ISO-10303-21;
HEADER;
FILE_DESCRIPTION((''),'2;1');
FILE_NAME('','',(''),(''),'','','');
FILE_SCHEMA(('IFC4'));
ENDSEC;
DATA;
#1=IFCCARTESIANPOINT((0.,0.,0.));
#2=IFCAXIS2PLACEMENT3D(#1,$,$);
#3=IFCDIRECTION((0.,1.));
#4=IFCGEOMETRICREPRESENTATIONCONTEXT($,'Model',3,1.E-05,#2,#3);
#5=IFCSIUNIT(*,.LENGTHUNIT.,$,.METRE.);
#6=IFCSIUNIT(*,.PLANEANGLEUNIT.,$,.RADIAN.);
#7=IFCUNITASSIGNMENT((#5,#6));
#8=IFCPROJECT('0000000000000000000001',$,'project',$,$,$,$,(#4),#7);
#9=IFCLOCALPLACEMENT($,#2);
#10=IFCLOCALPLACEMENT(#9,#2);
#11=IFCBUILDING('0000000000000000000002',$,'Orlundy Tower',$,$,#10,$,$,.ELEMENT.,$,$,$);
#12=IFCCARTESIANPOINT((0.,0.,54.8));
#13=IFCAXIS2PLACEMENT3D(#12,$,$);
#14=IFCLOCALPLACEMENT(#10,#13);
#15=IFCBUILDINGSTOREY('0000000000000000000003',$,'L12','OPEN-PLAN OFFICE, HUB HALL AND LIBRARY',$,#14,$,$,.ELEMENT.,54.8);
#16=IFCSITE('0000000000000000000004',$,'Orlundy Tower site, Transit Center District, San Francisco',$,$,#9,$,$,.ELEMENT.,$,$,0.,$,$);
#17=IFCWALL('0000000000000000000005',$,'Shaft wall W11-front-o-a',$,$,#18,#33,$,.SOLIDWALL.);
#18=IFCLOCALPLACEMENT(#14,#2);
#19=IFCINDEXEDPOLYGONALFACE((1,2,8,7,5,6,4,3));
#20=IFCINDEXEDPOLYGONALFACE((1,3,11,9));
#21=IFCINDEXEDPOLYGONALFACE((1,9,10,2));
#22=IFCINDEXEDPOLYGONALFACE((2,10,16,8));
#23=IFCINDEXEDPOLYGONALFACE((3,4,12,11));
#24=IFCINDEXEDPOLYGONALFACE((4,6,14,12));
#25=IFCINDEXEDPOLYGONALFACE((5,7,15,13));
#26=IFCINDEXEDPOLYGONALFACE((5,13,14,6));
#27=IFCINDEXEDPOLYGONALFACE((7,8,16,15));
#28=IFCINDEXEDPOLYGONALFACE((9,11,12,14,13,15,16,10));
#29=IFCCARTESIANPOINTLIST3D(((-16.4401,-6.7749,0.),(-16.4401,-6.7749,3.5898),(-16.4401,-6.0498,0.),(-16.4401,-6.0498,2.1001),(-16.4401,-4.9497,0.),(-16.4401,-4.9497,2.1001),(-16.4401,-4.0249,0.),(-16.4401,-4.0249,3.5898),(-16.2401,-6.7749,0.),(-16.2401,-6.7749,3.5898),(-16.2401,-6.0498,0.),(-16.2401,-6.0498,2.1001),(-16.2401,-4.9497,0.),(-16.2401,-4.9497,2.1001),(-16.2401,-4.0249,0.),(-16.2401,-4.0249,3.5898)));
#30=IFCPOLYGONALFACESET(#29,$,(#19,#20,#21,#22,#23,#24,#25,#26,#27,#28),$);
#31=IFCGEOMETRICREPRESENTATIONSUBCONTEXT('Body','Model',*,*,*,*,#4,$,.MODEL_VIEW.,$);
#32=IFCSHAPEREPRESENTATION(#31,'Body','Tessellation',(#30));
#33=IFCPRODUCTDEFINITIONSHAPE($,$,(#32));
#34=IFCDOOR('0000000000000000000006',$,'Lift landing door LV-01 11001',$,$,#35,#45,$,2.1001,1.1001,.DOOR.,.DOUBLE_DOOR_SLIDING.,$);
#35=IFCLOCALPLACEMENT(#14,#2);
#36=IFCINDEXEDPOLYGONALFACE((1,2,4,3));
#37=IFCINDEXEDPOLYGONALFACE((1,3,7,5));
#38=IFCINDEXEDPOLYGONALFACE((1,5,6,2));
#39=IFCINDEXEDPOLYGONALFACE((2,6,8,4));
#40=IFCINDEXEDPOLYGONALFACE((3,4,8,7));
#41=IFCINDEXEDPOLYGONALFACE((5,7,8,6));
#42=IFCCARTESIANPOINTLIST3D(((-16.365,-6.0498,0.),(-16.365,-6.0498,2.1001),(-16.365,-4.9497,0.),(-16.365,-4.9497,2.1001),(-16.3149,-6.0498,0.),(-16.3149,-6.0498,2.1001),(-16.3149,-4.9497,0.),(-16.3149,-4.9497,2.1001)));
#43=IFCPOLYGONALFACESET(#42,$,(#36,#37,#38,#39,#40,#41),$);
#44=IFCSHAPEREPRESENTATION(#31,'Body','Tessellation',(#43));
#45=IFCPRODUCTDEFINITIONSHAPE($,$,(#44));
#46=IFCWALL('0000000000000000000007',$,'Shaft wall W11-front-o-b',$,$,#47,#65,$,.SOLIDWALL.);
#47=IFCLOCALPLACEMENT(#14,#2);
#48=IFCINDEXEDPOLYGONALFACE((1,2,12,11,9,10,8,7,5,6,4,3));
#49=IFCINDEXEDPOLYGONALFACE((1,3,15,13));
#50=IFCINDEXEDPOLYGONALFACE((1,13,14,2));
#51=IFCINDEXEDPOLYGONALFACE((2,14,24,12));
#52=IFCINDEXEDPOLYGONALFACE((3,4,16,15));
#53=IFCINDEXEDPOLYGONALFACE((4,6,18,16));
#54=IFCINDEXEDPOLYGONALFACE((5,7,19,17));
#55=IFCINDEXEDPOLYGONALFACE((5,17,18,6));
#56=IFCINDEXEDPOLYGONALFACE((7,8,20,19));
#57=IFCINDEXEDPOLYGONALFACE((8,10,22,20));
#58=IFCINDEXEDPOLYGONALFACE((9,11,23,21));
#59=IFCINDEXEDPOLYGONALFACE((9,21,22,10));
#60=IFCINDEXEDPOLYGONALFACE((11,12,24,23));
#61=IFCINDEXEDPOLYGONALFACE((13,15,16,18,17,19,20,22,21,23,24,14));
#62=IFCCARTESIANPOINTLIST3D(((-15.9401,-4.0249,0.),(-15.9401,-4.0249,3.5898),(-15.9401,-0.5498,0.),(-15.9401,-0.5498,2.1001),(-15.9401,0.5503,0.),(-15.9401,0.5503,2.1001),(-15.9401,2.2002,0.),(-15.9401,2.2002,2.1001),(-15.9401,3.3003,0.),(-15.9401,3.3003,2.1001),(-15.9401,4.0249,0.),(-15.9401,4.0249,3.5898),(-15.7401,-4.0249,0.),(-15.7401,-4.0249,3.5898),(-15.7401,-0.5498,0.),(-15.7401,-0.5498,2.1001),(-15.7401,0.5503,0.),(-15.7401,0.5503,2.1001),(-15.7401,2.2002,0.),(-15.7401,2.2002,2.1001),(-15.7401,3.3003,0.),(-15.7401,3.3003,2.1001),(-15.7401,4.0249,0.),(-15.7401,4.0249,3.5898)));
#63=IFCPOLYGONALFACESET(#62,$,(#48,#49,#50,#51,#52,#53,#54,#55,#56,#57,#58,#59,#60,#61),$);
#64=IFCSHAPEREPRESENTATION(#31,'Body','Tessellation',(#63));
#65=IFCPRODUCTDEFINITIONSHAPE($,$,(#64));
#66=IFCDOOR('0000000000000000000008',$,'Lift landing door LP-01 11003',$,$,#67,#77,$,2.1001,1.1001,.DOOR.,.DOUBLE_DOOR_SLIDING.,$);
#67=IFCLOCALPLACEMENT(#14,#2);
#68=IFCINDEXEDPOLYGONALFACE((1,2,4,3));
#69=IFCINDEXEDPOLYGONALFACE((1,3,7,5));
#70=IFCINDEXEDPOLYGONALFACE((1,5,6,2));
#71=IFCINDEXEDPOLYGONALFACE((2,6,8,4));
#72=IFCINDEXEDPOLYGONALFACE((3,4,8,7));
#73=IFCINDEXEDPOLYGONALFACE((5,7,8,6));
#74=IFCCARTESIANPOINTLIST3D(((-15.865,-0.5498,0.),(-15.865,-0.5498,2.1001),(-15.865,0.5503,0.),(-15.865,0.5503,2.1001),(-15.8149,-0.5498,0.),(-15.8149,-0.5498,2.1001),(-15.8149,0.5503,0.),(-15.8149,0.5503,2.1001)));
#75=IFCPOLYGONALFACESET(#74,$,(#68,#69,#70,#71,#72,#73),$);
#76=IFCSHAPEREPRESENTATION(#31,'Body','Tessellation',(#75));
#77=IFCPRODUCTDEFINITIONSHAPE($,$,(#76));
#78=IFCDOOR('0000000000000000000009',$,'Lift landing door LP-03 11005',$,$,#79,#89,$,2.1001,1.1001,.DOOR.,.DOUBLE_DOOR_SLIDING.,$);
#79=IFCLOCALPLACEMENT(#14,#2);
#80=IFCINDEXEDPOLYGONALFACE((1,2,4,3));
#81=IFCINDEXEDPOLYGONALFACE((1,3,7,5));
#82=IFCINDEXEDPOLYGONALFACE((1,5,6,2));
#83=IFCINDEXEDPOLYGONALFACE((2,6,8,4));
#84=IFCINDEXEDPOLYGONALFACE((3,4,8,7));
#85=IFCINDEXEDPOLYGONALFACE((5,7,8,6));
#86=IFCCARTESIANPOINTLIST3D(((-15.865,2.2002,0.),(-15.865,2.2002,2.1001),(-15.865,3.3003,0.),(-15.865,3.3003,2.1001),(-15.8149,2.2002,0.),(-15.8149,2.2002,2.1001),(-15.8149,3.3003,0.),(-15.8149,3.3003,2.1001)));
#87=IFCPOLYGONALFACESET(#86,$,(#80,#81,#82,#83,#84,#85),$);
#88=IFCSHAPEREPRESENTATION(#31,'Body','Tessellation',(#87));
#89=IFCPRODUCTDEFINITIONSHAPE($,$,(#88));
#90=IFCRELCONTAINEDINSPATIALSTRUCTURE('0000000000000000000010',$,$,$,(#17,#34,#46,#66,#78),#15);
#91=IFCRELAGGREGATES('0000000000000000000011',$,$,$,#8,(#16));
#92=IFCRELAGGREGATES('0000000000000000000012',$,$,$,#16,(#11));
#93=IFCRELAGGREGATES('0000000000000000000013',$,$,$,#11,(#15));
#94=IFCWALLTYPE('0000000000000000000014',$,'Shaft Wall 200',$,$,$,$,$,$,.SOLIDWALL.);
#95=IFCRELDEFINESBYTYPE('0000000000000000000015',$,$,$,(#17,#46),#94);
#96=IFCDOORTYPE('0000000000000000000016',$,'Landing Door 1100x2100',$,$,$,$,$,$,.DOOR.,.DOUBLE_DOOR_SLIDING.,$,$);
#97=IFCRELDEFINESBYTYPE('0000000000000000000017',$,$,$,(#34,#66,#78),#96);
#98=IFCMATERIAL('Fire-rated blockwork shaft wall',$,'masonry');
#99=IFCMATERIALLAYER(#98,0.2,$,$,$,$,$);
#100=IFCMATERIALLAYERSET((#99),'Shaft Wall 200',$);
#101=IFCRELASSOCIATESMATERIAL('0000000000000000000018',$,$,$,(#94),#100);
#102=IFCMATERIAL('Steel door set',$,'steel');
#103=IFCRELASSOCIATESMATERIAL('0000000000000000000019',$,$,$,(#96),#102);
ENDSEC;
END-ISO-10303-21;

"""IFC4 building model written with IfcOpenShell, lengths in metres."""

from ifc_helpers import new_model, si_unit, direction, frame, frame_2d, origin, place, context, subcontext, project, spatial, rectangle, extrude, material, layer, layer_set, type_object, element, fill, save


model = new_model("IFC4")

# Units and contexts
model_context = context("Model", 3, precision=1e-05, world=origin(), true_north=direction((0.0, 1.0)))
body_context = subcontext(model_context, "Body", "Model", "MODEL_VIEW")
ifc_project = project(units=[si_unit("LENGTHUNIT", "METRE"), si_unit("PLANEANGLEUNIT", "RADIAN")], contexts=[model_context])

# Site, building, storey
site_placement = place(None, origin())
site = spatial("IfcSite", under=ifc_project, at=site_placement, Name="Orlundy Tower site, Transit Center District, San Francisco", CompositionType="ELEMENT", RefElevation=0.0)
building_placement = place(site_placement, origin())
building = spatial("IfcBuilding", under=site, at=building_placement, Name="Orlundy Tower", CompositionType="ELEMENT")
storey_placement = place(building_placement, frame((0.0, 0.0, 54.8)))
storey = spatial("IfcBuildingStorey", under=building, at=storey_placement, Name="L12", Description="OPEN-PLAN OFFICE, HUB HALL AND LIBRARY", CompositionType="ELEMENT", Elevation=54.8)

# Shared definitions
ifc_material_1 = material(Name="Fire-rated blockwork shaft wall", Category="masonry")
ifc_layer_1 = layer(ifc_material_1, 0.2)
ifc_layer_set_1 = layer_set([ifc_layer_1], Name="Shaft Wall 200")
wall_type_1 = type_object("IfcWallType", Name="Shaft Wall 200", PredefinedType="SOLIDWALL", material=ifc_layer_set_1)

# Shared definitions
ifc_material_2 = material(Name="Steel door set", Category="steel")
door_type_1 = type_object("IfcDoorType", Name="Landing Door 1100x2100", OperationType="DOUBLE_DOOR_SLIDING", PredefinedType="DOOR", material=ifc_material_2)

# Wall, opening, door
wall_1_placement = place(storey_placement, frame((-16.3401, -6.7749, 0.0), z_axis=(0.0, 0.0, 1.0), x_axis=(0.0, 1.0, 0.0)))
wall_1 = element("IfcWall", 1, at=wall_1_placement, inside=storey, type_object=wall_type_1, Name="Shaft wall W11-front-o-a", PredefinedType="SOLIDWALL", context=body_context, shape_type="SweptSolid", body=[
    extrude(rectangle(XDim=2.75, YDim=0.2, at=frame_2d((1.375, 0.0))), origin(), (0.0, 0.0, 1.0), 3.5898),
])
opening_1_placement = place(wall_1_placement, frame((0.7251, 0.0, 0.0)))
opening_1 = element("IfcOpeningElement", 2, at=opening_1_placement, cuts=wall_1, PredefinedType="OPENING", context=body_context, shape_type="SweptSolid", body=[
    extrude(rectangle(XDim=1.1001, YDim=2.1001, at=frame_2d((0.55, 1.05))), frame((0.0, 0.1101, 0.0), z_axis=(0.0, -1.0, 0.0), x_axis=(1.0, 0.0, 0.0)), (0.0, 0.0, 1.0), 0.2202),
])
door_1_placement = place(opening_1_placement, origin())
door_1 = element("IfcDoor", 3, at=door_1_placement, inside=storey, type_object=door_type_1, Name="Lift landing door LV-01 11001", OperationType="DOUBLE_DOOR_SLIDING", OverallHeight=2.1001, OverallWidth=1.1001, PredefinedType="DOOR", context=body_context, shape_type="SweptSolid", body=[
    extrude(rectangle(XDim=1.1001, YDim=2.1001, at=frame_2d((0.55, 1.05))), frame((0.0, 0.0249, 0.0), z_axis=(0.0, -1.0, 0.0), x_axis=(1.0, 0.0, 0.0)), (0.0, 0.0, 1.0), 0.05),
])
fill(opening_1, door_1)

# Wall, openings, doors
wall_2_placement = place(storey_placement, frame((-15.8401, -4.0249, 0.0), z_axis=(0.0, 0.0, 1.0), x_axis=(0.0, 1.0, 0.0)))
wall_2 = element("IfcWall", 4, at=wall_2_placement, inside=storey, type_object=wall_type_1, Name="Shaft wall W11-front-o-b", PredefinedType="SOLIDWALL", context=body_context, shape_type="SweptSolid", body=[
    extrude(rectangle(XDim=8.0498, YDim=0.2, at=frame_2d((4.0249, 0.0))), origin(), (0.0, 0.0, 1.0), 3.5898),
])
opening_2_placement = place(wall_2_placement, frame((3.4751, 0.0, 0.0)))
opening_2 = element("IfcOpeningElement", 5, at=opening_2_placement, cuts=wall_2, PredefinedType="OPENING", context=body_context, shape_type="SweptSolid", body=[
    extrude(rectangle(XDim=1.1001, YDim=2.1001, at=frame_2d((0.55, 1.05))), frame((0.0, 0.1101, 0.0), z_axis=(0.0, -1.0, 0.0), x_axis=(1.0, 0.0, 0.0)), (0.0, 0.0, 1.0), 0.2202),
])
opening_3_placement = place(wall_2_placement, frame((6.2251, 0.0, 0.0)))
opening_3 = element("IfcOpeningElement", 6, at=opening_3_placement, cuts=wall_2, PredefinedType="OPENING", context=body_context, shape_type="SweptSolid", body=[
    extrude(rectangle(XDim=1.1001, YDim=2.1001, at=frame_2d((0.55, 1.05))), frame((0.0, 0.1101, 0.0), z_axis=(0.0, -1.0, 0.0), x_axis=(1.0, 0.0, 0.0)), (0.0, 0.0, 1.0), 0.2202),
])
door_2_placement = place(opening_2_placement, origin())
door_2 = element("IfcDoor", 7, at=door_2_placement, inside=storey, type_object=door_type_1, Name="Lift landing door LP-01 11003", OperationType="DOUBLE_DOOR_SLIDING", OverallHeight=2.1001, OverallWidth=1.1001, PredefinedType="DOOR", context=body_context, shape_type="SweptSolid", body=[
    extrude(rectangle(XDim=1.1001, YDim=2.1001, at=frame_2d((0.55, 1.05))), frame((0.0, 0.0249, 0.0), z_axis=(0.0, -1.0, 0.0), x_axis=(1.0, 0.0, 0.0)), (0.0, 0.0, 1.0), 0.05),
])
fill(opening_2, door_2)
door_3_placement = place(opening_3_placement, origin())
door_3 = element("IfcDoor", 8, at=door_3_placement, inside=storey, type_object=door_type_1, Name="Lift landing door LP-03 11005", OperationType="DOUBLE_DOOR_SLIDING", OverallHeight=2.1001, OverallWidth=1.1001, PredefinedType="DOOR", context=body_context, shape_type="SweptSolid", body=[
    extrude(rectangle(XDim=1.1001, YDim=2.1001, at=frame_2d((0.55, 1.05))), frame((0.0, 0.0249, 0.0), z_axis=(0.0, -1.0, 0.0), x_axis=(1.0, 0.0, 0.0)), (0.0, 0.0, 1.0), 0.05),
])
fill(opening_3, door_3)

save(model, "model.ifc")
